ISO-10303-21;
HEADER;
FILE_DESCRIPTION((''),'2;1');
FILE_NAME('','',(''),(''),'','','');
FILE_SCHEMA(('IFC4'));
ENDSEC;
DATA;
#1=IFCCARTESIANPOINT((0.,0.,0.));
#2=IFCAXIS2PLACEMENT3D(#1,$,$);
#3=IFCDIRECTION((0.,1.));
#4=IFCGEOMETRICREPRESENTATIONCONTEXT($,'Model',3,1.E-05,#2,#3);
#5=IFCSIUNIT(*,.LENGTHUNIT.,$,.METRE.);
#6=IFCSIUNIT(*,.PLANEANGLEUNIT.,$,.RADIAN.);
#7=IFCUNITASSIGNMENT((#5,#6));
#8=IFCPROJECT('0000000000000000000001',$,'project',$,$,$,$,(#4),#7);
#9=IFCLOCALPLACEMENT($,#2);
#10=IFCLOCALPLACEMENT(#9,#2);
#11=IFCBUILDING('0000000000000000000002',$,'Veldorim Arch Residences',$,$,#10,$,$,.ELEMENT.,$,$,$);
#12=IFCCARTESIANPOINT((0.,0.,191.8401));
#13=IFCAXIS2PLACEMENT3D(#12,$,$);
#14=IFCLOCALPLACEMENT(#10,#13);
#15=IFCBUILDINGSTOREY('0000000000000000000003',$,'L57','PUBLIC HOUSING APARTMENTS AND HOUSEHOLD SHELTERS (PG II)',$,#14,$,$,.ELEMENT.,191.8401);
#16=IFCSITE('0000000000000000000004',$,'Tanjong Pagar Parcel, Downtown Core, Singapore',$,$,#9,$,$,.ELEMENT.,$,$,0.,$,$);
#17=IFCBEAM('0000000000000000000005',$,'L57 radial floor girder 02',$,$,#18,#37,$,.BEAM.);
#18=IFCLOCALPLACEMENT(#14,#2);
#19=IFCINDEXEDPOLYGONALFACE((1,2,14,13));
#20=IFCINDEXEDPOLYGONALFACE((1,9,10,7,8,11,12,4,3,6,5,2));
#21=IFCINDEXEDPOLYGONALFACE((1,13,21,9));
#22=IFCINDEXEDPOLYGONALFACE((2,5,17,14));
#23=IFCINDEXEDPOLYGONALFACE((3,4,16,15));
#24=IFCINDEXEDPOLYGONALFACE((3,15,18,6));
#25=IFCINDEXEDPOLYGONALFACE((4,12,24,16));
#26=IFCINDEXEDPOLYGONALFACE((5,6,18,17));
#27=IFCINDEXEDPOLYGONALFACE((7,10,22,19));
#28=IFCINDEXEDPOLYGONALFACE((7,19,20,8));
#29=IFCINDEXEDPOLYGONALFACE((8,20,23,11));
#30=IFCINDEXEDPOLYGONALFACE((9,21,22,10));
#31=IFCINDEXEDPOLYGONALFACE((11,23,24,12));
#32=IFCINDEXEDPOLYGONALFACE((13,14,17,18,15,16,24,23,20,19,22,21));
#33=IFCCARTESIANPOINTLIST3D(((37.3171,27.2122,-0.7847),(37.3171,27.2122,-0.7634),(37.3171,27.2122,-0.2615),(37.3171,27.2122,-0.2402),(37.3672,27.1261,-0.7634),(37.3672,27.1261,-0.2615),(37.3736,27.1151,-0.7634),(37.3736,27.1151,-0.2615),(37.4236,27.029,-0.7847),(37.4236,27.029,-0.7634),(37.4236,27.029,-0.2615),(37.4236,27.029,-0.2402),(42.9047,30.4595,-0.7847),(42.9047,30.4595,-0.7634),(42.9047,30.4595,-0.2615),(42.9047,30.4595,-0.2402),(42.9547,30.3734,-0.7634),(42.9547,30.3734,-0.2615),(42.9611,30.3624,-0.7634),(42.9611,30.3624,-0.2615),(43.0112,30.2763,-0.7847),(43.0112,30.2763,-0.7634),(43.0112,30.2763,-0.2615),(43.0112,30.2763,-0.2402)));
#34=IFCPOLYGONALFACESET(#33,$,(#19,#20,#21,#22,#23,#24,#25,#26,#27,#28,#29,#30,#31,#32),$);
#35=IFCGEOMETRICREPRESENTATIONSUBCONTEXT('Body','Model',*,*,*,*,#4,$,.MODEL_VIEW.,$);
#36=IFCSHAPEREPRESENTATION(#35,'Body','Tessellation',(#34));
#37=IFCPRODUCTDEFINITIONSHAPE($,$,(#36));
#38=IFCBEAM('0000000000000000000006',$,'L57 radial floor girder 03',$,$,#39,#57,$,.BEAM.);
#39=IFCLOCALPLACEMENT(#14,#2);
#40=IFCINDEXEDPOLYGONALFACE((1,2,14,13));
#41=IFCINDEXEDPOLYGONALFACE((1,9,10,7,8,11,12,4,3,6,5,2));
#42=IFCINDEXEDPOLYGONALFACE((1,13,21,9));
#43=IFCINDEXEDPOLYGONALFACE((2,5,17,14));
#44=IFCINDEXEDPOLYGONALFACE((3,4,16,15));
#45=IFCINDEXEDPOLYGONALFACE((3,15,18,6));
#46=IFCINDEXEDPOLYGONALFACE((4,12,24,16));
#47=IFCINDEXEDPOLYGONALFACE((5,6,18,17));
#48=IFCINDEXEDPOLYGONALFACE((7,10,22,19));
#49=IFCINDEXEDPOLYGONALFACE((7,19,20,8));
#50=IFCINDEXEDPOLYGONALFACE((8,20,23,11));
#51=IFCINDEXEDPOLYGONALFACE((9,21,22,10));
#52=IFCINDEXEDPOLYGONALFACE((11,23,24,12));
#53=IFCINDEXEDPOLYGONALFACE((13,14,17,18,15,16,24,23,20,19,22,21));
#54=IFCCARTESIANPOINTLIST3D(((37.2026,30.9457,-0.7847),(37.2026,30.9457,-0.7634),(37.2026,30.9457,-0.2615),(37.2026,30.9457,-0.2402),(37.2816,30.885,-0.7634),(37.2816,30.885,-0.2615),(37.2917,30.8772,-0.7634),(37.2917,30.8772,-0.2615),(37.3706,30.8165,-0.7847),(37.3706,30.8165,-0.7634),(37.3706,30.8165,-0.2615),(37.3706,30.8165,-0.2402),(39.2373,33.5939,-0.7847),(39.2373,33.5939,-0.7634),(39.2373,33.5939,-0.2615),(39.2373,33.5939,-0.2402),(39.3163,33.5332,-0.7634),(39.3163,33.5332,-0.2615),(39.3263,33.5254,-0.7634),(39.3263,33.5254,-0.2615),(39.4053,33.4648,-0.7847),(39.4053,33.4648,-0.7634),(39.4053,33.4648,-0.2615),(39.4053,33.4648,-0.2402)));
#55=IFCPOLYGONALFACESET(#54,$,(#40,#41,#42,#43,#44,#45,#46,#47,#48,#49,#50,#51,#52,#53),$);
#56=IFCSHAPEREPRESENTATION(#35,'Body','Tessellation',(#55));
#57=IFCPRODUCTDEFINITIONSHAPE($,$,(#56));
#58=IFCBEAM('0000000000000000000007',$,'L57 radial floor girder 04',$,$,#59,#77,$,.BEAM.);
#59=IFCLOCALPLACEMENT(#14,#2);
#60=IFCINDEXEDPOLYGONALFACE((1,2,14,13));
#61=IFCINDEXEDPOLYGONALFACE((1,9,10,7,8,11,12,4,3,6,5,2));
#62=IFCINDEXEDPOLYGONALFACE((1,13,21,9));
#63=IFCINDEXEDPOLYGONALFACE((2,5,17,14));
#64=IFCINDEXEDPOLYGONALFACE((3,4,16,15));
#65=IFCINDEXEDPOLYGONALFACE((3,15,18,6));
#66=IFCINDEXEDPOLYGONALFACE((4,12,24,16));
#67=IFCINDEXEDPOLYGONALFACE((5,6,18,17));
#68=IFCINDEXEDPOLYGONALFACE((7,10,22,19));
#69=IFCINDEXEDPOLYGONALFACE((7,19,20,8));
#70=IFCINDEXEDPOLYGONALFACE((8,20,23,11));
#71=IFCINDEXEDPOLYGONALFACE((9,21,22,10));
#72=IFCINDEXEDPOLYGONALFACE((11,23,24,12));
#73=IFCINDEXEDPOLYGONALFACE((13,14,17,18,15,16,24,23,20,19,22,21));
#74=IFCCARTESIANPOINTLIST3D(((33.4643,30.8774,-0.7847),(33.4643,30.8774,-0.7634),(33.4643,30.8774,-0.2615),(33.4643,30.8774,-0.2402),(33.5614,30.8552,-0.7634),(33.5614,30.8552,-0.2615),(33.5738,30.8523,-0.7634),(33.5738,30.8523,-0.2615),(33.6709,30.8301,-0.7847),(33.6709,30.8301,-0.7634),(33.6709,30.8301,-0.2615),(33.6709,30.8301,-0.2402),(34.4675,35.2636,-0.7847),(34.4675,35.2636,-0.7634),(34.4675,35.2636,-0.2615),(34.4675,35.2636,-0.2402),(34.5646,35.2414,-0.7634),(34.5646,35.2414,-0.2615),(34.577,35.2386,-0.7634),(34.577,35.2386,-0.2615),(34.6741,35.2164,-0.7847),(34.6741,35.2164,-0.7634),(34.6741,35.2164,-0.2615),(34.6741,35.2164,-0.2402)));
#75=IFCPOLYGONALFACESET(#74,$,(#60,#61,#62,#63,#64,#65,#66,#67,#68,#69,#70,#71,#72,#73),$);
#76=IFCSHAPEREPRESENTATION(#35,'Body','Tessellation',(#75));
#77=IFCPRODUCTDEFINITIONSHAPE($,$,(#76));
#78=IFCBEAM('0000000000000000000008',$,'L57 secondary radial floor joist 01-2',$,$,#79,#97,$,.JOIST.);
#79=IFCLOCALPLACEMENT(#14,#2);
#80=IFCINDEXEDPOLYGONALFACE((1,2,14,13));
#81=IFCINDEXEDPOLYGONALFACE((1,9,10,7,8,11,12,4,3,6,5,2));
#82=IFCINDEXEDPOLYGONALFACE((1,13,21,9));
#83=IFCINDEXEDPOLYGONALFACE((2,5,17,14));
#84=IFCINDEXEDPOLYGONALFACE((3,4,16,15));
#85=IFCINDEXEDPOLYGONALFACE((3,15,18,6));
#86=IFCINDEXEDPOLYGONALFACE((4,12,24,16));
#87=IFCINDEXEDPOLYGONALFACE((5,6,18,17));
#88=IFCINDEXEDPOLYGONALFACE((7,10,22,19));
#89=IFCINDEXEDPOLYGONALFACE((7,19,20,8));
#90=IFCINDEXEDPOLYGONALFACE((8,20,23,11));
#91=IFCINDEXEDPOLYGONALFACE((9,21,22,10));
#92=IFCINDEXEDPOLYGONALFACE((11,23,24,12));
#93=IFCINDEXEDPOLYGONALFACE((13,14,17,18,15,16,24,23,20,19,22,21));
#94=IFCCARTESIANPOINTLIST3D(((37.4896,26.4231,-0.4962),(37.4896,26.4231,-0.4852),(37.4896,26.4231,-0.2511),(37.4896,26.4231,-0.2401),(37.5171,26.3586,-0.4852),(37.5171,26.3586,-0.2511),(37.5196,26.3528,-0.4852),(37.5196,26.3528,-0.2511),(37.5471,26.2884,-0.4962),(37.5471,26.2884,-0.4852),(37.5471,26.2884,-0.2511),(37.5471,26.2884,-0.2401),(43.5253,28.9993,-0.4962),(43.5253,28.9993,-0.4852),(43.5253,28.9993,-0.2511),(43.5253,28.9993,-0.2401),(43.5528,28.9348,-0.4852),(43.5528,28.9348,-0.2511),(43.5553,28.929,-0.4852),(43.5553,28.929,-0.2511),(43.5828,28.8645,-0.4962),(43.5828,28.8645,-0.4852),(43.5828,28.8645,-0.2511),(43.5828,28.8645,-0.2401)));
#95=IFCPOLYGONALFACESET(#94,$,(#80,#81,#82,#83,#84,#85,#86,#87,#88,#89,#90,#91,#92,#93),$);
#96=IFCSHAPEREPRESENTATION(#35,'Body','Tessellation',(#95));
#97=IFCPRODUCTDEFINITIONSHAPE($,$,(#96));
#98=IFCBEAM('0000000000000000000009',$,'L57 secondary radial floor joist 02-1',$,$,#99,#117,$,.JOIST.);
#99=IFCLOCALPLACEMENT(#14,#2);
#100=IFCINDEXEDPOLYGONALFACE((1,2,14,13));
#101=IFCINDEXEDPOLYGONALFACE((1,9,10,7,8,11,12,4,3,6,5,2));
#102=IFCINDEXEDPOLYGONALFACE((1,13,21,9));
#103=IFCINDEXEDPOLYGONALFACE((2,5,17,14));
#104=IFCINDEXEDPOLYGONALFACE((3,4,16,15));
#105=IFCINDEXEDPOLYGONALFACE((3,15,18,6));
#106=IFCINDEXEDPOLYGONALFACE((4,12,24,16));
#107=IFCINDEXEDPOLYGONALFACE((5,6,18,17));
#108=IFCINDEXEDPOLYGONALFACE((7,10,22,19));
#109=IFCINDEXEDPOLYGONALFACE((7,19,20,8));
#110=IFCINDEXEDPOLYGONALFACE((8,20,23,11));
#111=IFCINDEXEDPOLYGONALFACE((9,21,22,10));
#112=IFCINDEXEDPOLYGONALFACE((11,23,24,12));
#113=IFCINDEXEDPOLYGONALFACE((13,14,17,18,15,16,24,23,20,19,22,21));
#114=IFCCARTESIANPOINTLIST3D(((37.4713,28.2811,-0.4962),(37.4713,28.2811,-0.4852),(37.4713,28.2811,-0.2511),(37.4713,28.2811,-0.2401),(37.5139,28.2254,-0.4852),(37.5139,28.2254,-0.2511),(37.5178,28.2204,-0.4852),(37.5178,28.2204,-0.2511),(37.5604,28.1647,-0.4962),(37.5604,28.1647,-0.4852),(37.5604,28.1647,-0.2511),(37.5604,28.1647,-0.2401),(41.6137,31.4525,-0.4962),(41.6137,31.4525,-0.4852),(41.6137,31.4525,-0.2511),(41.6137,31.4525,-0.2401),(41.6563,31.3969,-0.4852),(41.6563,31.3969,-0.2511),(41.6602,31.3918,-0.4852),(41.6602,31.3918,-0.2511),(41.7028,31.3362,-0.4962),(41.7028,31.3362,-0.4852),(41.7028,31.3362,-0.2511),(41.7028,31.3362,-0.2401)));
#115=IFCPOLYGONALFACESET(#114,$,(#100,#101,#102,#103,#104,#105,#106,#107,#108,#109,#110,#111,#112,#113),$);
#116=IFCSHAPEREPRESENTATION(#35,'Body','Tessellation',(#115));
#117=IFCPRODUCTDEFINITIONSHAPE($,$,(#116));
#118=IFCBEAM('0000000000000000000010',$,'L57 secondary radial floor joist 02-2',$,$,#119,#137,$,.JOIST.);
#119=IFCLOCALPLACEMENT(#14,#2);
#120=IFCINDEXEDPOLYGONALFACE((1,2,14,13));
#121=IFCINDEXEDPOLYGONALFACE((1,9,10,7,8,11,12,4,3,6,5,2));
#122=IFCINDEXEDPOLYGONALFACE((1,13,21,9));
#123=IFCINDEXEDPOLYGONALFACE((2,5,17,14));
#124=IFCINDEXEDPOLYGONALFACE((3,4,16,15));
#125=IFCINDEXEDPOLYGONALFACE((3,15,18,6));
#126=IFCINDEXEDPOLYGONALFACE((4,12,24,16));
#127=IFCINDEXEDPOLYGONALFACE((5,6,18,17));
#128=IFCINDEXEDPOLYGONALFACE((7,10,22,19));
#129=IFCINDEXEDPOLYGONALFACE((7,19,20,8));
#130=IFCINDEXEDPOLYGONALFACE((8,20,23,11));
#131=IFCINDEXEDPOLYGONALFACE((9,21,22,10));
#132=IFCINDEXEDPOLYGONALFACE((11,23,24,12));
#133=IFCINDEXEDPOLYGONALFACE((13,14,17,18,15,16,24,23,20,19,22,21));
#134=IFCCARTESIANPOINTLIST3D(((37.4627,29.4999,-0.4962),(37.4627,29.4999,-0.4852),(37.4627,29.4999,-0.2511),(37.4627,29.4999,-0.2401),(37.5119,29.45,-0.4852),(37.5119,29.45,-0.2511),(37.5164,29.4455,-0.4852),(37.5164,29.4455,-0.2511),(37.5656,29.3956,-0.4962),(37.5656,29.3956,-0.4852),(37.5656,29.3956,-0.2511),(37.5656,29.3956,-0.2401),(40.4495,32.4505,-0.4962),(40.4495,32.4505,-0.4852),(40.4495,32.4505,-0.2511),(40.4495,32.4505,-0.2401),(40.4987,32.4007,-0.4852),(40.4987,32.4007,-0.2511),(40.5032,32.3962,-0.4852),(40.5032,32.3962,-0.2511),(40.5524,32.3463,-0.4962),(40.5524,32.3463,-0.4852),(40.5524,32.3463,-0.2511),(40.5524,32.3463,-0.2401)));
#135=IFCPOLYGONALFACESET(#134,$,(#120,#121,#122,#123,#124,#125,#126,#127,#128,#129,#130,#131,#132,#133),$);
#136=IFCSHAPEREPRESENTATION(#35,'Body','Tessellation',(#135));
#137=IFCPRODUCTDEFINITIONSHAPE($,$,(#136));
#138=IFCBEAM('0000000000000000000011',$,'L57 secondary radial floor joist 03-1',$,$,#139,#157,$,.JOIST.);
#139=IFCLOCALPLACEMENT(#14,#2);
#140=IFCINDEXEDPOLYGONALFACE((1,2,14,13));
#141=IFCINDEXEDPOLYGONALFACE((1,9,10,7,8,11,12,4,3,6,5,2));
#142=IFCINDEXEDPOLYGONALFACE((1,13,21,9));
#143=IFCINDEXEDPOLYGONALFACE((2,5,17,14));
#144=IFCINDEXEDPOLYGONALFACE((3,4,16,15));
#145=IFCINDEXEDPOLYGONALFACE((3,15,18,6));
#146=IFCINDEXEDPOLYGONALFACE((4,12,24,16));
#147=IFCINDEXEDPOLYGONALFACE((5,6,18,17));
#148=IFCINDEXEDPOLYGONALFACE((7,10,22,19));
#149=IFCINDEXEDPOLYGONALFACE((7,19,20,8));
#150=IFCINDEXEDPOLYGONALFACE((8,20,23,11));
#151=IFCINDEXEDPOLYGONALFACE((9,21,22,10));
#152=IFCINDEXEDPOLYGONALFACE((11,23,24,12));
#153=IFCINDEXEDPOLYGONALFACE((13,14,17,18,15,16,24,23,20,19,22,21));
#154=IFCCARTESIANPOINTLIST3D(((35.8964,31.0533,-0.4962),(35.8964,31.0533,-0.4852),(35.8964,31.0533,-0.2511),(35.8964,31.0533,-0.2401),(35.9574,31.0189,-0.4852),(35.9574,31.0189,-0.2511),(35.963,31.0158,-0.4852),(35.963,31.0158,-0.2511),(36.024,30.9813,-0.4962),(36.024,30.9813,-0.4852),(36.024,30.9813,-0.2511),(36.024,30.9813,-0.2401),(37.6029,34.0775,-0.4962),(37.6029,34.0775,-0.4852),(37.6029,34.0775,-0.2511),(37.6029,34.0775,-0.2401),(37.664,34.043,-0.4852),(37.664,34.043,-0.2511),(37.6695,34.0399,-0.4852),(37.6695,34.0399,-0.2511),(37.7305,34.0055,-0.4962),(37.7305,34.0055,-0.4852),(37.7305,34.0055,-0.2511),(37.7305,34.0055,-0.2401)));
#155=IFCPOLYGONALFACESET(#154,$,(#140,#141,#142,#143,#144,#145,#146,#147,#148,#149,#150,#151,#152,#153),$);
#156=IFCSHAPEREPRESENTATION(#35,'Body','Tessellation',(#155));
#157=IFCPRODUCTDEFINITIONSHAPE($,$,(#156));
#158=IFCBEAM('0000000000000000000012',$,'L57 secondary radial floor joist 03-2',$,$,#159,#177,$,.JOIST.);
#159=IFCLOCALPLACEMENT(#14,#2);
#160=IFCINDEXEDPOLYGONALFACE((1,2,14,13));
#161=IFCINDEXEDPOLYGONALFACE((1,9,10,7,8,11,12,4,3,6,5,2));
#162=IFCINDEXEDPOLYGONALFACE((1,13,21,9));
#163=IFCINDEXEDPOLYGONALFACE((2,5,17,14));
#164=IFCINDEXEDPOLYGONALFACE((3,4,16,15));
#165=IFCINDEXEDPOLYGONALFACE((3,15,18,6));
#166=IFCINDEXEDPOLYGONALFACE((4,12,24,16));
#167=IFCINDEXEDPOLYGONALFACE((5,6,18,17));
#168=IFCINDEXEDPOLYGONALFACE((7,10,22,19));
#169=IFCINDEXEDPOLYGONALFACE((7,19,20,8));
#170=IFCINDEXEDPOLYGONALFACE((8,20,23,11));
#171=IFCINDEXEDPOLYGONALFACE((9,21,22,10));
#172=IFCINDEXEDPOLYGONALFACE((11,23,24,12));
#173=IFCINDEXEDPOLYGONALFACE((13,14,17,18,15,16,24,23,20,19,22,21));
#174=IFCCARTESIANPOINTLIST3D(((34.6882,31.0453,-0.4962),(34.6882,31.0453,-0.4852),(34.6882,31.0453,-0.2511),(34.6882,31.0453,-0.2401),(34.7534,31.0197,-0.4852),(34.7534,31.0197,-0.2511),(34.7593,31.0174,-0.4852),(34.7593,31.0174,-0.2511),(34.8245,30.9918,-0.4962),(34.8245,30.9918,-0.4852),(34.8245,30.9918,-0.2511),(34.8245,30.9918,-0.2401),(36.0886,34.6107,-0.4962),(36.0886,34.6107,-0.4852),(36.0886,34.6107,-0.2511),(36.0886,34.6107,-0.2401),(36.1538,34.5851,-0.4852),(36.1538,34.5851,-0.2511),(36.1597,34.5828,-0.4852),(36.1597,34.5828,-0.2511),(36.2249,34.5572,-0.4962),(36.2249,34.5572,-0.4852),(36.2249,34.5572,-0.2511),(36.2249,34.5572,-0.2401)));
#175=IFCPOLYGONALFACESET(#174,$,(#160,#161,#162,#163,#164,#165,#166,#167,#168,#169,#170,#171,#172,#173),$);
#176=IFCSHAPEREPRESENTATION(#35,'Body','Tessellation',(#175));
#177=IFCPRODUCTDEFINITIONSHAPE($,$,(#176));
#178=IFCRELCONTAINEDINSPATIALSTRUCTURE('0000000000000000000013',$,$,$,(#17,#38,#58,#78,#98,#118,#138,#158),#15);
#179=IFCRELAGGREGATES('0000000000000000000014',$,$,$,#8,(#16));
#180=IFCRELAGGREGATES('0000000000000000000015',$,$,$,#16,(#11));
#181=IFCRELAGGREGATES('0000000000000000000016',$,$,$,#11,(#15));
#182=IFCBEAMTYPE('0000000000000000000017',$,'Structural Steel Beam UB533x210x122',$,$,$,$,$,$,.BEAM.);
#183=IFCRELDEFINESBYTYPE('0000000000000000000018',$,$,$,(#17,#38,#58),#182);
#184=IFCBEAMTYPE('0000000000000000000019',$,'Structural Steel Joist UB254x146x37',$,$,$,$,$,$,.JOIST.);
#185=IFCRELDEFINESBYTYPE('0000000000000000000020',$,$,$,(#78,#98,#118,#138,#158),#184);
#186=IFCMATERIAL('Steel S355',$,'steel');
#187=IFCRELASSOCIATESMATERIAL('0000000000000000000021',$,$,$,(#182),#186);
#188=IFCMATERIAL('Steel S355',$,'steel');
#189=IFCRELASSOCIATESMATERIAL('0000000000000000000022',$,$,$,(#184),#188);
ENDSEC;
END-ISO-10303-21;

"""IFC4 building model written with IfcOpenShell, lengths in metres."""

from ifc_helpers import new_model, si_unit, direction, frame, origin, origin_2d, place, context, subcontext, project, spatial, i_section, extrude, material, material_profile, profile_set, type_object, element, save


model = new_model("IFC4")

# Units and contexts
model_context = context("Model", 3, precision=1e-05, world=origin(), true_north=direction((0.0, 1.0)))
body_context = subcontext(model_context, "Body", "Model", "MODEL_VIEW")
ifc_project = project(units=[si_unit("LENGTHUNIT", "METRE"), si_unit("PLANEANGLEUNIT", "RADIAN")], contexts=[model_context])

# Site, building, storey
site_placement = place(None, origin())
site = spatial("IfcSite", under=ifc_project, at=site_placement, Name="Tanjong Pagar Parcel, Downtown Core, Singapore", CompositionType="ELEMENT", RefElevation=0.0)
building_placement = place(site_placement, origin())
building = spatial("IfcBuilding", under=site, at=building_placement, Name="Veldorim Arch Residences", CompositionType="ELEMENT")
storey_placement = place(building_placement, frame((0.0, 0.0, 191.8401)))
storey = spatial("IfcBuildingStorey", under=building, at=storey_placement, Name="L57", Description="PUBLIC HOUSING APARTMENTS AND HOUSEHOLD SHELTERS (PG II)", CompositionType="ELEMENT", Elevation=191.8401)

# Beams
ifc_material_1 = material(Name="Steel S355", Category="steel")
ifc_material_profile_1 = material_profile(ifc_material_1, i_section(OverallWidth=0.2119, OverallDepth=0.5444, WebThickness=0.0127, FlangeThickness=0.0212, at=origin_2d()), Name="UB533x210x122")
ifc_profile_set_1 = profile_set([ifc_material_profile_1], Name="Steel S355")
beam_type_1 = type_object("IfcBeamType", Name="Structural Steel Beam UB533x210x122", PredefinedType="BEAM", material=ifc_profile_set_1)
beam_1_placement = place(storey_placement, frame((37.3704, 27.1206, -0.5125), z_axis=(0.864596, 0.502468, 0.0), x_axis=(-0.502468, 0.864596, 0.0)))
element("IfcBeam", 1, at=beam_1_placement, inside=storey, type_object=beam_type_1, Name="L57 radial floor girder 02", PredefinedType="BEAM", context=body_context, shape_type="SweptSolid", body=[
    extrude(i_section(OverallWidth=0.2119, OverallDepth=0.5444, WebThickness=0.0127, FlangeThickness=0.0212, at=origin_2d()), origin(), (0.0, 0.0, 1.0), 6.4626),
])
beam_2_placement = place(storey_placement, frame((37.2866, 30.8811, -0.5125), z_axis=(0.609258, 0.792972, 0.0), x_axis=(-0.792972, 0.609258, 0.0)))
element("IfcBeam", 2, at=beam_2_placement, inside=storey, type_object=beam_type_1, Name="L57 radial floor girder 03", PredefinedType="BEAM", context=body_context, shape_type="SweptSolid", body=[
    extrude(i_section(OverallWidth=0.2119, OverallDepth=0.5444, WebThickness=0.0127, FlangeThickness=0.0212, at=origin_2d()), origin(), (0.0, 0.0, 1.0), 3.3396),
])
beam_3_placement = place(storey_placement, frame((33.5676, 30.8538, -0.5125), z_axis=(0.222953, 0.974829, 0.0), x_axis=(-0.974829, 0.222953, 0.0)))
element("IfcBeam", 3, at=beam_3_placement, inside=storey, type_object=beam_type_1, Name="L57 radial floor girder 04", PredefinedType="BEAM", context=body_context, shape_type="SweptSolid", body=[
    extrude(i_section(OverallWidth=0.2119, OverallDepth=0.5444, WebThickness=0.0127, FlangeThickness=0.0212, at=origin_2d()), origin(), (0.0, 0.0, 1.0), 4.4995),
])
ifc_material_2 = material(Name="Steel S355", Category="steel")
ifc_material_profile_2 = material_profile(ifc_material_2, i_section(OverallWidth=0.1465, OverallDepth=0.2561, WebThickness=0.0063, FlangeThickness=0.011, at=origin_2d()), Name="UB254x146x37")
ifc_profile_set_2 = profile_set([ifc_material_profile_2], Name="Steel S355")
beam_type_2 = type_object("IfcBeamType", Name="Structural Steel Joist UB254x146x37", PredefinedType="JOIST", material=ifc_profile_set_2)
beam_4_placement = place(storey_placement, frame((37.5183, 26.3557, -0.3682), z_axis=(0.919725, 0.392563, 0.0), x_axis=(-0.392563, 0.919725, 0.0)))
element("IfcBeam", 4, at=beam_4_placement, inside=storey, type_object=beam_type_2, Name="L57 secondary radial floor joist 01-2", PredefinedType="JOIST", context=body_context, shape_type="SweptSolid", body=[
    extrude(i_section(OverallWidth=0.1465, OverallDepth=0.2561, WebThickness=0.0063, FlangeThickness=0.011, at=origin_2d()), origin(), (0.0, 0.0, 1.0), 6.5625),
])
beam_5_placement = place(storey_placement, frame((37.5159, 28.2229, -0.3682), z_axis=(0.794014, 0.6079, 0.0), x_axis=(-0.6079, 0.794014, 0.0)))
element("IfcBeam", 5, at=beam_5_placement, inside=storey, type_object=beam_type_2, Name="L57 secondary radial floor joist 02-1", PredefinedType="JOIST", context=body_context, shape_type="SweptSolid", body=[
    extrude(i_section(OverallWidth=0.1465, OverallDepth=0.2561, WebThickness=0.0063, FlangeThickness=0.011, at=origin_2d()), origin(), (0.0, 0.0, 1.0), 5.217),
])
beam_6_placement = place(storey_placement, frame((37.5142, 29.4478, -0.3682), z_axis=(0.711397, 0.702791, 0.0), x_axis=(-0.702791, 0.711397, 0.0)))
element("IfcBeam", 6, at=beam_6_placement, inside=storey, type_object=beam_type_2, Name="L57 secondary radial floor joist 02-2", PredefinedType="JOIST", context=body_context, shape_type="SweptSolid", body=[
    extrude(i_section(OverallWidth=0.1465, OverallDepth=0.2561, WebThickness=0.0063, FlangeThickness=0.011, at=origin_2d()), origin(), (0.0, 0.0, 1.0), 4.1985),
])
beam_7_placement = place(storey_placement, frame((35.9602, 31.0173, -0.3682), z_axis=(0.491452, 0.870904, 0.0), x_axis=(-0.870904, 0.491452, 0.0)))
element("IfcBeam", 7, at=beam_7_placement, inside=storey, type_object=beam_type_2, Name="L57 secondary radial floor joist 03-1", PredefinedType="JOIST", context=body_context, shape_type="SweptSolid", body=[
    extrude(i_section(OverallWidth=0.1465, OverallDepth=0.2561, WebThickness=0.0063, FlangeThickness=0.011, at=origin_2d()), origin(), (0.0, 0.0, 1.0), 3.4724),
])
beam_8_placement = place(storey_placement, frame((34.7563, 31.0186, -0.3682), z_axis=(0.365581, 0.930779, 0.0), x_axis=(-0.930779, 0.365581, 0.0)))
element("IfcBeam", 8, at=beam_8_placement, inside=storey, type_object=beam_type_2, Name="L57 secondary radial floor joist 03-2", PredefinedType="JOIST", context=body_context, shape_type="SweptSolid", body=[
    extrude(i_section(OverallWidth=0.1465, OverallDepth=0.2561, WebThickness=0.0063, FlangeThickness=0.011, at=origin_2d()), origin(), (0.0, 0.0, 1.0), 3.8306),
])

save(model, "model.ifc")
